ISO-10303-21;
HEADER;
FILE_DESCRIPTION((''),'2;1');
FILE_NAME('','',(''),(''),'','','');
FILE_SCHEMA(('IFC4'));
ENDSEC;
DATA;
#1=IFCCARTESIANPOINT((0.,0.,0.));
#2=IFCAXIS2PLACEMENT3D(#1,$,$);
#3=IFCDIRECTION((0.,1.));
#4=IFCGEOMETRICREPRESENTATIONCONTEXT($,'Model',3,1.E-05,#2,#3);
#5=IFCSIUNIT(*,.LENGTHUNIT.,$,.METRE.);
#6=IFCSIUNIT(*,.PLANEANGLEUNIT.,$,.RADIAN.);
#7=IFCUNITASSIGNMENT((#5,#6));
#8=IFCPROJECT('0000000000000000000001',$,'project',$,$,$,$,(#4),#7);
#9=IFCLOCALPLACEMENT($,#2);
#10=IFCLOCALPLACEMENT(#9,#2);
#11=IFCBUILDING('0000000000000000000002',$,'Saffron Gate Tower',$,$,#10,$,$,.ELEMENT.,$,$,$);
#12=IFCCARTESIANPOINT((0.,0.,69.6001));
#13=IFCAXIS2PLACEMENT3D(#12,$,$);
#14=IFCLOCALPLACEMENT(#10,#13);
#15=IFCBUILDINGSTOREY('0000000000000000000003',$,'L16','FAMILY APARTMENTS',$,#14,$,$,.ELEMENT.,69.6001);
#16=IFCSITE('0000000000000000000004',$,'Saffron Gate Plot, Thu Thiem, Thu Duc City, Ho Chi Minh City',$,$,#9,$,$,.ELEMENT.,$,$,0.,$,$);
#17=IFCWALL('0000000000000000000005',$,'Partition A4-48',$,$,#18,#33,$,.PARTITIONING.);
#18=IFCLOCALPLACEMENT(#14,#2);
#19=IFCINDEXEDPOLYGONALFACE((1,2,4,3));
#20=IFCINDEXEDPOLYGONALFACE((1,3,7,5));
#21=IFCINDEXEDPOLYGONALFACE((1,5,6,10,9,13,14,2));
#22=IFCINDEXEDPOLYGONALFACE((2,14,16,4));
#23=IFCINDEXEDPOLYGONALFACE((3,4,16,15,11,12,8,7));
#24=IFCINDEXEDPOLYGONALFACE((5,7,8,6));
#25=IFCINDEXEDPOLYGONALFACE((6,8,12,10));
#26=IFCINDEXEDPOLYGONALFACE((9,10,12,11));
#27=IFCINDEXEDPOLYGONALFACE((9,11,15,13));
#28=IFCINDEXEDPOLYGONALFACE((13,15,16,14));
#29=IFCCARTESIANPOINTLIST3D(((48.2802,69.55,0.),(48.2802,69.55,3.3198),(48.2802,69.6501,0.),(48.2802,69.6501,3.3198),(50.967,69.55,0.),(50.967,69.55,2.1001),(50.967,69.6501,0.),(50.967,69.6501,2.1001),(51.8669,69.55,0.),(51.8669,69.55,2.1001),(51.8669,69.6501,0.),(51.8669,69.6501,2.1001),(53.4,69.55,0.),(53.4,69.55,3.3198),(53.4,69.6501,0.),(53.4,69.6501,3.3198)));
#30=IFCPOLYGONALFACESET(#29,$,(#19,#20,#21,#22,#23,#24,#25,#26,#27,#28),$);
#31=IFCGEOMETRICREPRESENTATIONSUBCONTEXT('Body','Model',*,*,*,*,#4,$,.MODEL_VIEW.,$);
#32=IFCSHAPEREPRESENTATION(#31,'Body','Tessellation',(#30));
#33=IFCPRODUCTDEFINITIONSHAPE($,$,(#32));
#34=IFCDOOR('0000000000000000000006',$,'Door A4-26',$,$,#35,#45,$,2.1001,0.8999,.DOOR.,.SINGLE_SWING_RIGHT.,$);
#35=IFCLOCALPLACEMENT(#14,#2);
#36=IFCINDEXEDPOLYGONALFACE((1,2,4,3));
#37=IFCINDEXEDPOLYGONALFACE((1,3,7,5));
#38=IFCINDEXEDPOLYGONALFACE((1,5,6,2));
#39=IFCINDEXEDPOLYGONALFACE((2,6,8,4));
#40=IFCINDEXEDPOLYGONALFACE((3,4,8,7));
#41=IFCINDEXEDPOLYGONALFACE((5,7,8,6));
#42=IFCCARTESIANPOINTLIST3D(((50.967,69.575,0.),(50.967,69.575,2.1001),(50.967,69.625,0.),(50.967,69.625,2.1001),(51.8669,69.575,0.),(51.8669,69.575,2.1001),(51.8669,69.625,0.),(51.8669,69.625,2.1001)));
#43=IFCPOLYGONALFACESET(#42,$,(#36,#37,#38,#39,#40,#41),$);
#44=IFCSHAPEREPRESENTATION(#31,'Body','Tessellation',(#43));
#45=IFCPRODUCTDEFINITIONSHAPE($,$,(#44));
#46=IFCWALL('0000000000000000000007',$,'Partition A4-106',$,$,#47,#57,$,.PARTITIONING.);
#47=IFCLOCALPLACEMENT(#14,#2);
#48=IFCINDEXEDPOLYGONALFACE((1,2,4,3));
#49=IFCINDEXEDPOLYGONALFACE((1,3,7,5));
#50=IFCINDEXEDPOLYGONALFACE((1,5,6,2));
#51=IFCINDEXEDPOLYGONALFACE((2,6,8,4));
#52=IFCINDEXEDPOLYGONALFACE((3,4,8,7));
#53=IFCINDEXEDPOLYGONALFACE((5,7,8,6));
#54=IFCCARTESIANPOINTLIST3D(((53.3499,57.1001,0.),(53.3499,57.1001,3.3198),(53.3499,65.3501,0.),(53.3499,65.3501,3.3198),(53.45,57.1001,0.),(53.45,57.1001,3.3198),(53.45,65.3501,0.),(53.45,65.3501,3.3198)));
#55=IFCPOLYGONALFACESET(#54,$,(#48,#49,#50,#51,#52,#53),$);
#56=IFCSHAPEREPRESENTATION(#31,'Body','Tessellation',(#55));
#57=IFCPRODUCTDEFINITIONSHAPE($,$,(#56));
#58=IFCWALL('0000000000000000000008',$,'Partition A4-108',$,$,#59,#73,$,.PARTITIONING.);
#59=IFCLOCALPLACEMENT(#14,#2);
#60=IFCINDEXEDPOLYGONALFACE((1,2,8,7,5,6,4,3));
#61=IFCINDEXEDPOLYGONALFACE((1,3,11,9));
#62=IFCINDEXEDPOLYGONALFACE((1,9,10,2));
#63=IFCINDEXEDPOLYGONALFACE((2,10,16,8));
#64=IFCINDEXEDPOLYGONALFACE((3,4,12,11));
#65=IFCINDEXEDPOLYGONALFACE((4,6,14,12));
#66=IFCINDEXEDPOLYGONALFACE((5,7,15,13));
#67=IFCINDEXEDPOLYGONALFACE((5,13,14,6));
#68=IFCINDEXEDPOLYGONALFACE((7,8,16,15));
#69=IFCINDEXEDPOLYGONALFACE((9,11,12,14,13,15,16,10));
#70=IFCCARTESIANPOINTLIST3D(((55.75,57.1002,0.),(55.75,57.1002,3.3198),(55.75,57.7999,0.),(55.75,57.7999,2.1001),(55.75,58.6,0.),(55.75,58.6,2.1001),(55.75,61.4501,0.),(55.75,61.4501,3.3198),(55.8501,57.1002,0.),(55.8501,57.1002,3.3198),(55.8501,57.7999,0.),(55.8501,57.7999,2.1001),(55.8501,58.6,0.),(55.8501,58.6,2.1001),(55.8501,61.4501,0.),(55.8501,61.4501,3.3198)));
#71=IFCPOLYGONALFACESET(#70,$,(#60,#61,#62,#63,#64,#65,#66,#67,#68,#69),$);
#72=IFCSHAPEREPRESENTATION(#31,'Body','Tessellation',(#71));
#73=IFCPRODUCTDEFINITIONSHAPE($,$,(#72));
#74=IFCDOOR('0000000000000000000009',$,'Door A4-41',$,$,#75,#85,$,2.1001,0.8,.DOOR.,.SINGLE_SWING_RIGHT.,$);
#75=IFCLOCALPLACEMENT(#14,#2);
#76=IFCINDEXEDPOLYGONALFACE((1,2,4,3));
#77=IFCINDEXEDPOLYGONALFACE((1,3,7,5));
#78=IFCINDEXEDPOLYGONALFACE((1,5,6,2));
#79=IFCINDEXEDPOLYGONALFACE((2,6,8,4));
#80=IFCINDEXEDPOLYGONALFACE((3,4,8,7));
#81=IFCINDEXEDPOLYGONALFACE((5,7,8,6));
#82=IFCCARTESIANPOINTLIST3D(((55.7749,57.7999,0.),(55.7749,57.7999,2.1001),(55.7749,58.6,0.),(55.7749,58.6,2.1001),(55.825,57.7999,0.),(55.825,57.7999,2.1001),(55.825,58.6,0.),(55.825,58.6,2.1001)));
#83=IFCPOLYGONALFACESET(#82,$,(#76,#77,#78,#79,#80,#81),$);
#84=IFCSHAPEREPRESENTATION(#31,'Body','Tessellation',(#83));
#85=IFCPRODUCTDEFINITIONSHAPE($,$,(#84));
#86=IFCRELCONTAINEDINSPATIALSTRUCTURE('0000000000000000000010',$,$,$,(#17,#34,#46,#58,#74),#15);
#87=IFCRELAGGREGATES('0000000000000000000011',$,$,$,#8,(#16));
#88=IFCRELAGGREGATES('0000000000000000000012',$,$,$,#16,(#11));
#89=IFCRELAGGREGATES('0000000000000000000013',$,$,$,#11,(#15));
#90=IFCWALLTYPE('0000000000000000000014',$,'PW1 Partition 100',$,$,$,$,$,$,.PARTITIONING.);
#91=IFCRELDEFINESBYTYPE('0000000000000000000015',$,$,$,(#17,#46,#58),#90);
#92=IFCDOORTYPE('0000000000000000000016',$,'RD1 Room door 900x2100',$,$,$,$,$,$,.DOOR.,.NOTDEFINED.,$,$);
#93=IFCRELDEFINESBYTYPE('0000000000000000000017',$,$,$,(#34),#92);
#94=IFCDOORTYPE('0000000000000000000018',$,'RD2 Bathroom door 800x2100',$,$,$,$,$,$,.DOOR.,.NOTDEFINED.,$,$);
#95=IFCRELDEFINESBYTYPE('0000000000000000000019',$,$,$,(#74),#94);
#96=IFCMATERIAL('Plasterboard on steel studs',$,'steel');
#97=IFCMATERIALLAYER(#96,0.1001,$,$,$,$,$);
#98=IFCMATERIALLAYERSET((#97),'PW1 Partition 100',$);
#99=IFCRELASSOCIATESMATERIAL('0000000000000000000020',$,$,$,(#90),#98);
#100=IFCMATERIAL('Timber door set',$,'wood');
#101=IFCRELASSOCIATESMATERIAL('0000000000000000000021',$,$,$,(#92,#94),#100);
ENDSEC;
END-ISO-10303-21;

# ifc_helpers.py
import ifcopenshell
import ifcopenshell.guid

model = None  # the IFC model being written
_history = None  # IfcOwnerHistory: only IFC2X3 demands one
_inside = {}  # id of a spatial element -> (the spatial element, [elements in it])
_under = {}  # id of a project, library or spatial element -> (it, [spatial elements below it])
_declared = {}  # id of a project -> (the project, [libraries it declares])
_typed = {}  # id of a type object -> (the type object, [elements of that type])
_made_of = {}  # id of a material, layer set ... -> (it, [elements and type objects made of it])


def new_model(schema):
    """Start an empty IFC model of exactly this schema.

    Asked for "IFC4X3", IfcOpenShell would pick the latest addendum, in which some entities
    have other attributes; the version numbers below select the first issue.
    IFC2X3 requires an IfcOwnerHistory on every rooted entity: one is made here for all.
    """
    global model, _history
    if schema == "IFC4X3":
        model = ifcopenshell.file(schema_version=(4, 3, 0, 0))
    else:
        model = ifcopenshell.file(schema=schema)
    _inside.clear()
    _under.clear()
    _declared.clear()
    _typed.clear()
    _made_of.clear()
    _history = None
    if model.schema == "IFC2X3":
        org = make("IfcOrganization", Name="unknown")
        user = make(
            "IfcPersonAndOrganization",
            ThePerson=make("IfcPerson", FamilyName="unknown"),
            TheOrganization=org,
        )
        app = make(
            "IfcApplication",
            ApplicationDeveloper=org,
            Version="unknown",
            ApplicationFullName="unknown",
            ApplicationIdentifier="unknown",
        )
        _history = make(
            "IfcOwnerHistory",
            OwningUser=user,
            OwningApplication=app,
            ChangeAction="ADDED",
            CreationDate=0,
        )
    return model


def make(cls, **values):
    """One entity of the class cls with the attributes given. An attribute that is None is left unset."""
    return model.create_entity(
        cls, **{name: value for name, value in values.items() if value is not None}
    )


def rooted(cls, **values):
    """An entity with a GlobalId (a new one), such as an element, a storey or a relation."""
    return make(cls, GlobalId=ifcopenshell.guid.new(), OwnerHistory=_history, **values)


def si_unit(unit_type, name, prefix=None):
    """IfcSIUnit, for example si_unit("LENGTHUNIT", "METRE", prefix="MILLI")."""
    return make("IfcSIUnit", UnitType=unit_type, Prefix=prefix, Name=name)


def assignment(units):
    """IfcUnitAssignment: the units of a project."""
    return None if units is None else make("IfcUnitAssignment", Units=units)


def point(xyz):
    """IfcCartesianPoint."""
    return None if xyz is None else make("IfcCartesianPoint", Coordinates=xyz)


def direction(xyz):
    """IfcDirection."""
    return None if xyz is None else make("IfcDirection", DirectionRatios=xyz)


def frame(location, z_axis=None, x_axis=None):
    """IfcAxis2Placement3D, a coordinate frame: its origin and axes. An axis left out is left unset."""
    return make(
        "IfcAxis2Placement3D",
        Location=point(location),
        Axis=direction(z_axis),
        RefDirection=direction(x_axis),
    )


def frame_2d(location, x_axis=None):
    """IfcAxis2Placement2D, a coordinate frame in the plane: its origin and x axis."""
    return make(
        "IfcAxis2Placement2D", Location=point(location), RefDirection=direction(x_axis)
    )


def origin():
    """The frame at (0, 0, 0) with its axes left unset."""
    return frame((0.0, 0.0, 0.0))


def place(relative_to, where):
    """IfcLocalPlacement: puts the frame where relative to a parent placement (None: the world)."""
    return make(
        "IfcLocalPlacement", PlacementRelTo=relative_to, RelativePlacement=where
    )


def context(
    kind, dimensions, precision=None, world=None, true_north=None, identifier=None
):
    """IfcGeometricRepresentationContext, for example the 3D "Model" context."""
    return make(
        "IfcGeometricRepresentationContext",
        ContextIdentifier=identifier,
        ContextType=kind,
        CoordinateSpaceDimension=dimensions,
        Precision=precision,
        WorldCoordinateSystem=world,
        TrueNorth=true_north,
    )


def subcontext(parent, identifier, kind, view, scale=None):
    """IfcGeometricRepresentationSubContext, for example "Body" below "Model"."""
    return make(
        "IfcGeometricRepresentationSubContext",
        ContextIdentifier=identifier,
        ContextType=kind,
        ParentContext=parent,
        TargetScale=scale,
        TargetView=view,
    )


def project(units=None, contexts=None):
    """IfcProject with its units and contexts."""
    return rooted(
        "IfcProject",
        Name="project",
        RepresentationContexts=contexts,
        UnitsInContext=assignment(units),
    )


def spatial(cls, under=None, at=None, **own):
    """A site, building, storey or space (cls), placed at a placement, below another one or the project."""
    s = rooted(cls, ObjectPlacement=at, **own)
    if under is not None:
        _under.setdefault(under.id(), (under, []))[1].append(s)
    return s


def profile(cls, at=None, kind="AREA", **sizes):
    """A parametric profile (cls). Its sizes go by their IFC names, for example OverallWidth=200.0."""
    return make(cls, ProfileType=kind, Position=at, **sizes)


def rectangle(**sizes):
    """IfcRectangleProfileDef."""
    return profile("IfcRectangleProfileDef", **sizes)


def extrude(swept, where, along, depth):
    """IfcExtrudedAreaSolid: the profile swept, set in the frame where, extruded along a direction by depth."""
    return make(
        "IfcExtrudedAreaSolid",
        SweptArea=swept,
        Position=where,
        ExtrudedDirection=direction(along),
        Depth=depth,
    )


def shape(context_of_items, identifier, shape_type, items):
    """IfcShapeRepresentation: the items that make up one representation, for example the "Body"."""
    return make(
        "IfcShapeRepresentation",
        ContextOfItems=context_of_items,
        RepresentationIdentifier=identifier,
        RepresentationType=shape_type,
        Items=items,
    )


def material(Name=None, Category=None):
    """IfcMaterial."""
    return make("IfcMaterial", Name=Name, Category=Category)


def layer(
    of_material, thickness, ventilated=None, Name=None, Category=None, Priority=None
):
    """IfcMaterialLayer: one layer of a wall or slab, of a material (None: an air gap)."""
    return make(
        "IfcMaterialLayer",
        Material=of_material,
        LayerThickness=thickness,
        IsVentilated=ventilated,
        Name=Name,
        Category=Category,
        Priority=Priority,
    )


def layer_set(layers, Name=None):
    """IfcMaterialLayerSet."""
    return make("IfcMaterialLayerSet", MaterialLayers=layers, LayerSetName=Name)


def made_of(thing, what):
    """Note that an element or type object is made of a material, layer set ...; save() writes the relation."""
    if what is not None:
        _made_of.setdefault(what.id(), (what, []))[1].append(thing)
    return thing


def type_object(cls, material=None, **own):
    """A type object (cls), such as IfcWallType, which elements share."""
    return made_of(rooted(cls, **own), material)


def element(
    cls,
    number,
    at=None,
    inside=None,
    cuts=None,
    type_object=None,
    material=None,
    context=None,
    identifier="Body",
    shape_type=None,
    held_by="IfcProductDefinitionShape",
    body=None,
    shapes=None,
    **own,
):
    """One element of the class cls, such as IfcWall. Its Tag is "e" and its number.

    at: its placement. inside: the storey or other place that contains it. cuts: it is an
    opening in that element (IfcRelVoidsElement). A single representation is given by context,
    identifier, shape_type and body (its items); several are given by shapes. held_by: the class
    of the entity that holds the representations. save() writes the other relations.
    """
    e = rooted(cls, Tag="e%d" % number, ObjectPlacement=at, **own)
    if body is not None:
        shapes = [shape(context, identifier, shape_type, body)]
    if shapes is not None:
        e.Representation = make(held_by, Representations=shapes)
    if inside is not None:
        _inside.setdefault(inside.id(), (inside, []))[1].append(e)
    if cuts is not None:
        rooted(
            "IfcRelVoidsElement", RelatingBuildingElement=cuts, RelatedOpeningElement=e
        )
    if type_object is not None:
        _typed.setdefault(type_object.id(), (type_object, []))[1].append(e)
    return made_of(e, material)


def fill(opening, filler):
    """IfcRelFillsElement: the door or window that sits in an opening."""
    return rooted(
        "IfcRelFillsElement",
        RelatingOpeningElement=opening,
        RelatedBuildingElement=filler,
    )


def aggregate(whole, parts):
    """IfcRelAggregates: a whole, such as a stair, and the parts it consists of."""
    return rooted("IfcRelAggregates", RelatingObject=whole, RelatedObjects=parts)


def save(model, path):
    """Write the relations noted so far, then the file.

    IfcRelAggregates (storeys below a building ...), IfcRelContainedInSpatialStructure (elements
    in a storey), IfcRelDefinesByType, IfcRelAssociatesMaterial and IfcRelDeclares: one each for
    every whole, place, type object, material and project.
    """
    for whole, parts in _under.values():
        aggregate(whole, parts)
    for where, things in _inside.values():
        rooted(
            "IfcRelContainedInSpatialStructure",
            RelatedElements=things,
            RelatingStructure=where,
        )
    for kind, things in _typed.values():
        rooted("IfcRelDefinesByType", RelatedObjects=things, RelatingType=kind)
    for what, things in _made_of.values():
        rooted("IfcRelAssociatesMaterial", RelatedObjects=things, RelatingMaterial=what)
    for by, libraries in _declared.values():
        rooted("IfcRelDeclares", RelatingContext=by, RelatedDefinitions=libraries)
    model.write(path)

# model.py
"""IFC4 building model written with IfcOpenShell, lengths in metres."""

from ifc_helpers import new_model, si_unit, direction, frame, frame_2d, origin, place, context, subcontext, project, spatial, rectangle, extrude, material, layer, layer_set, type_object, element, fill, save


model = new_model("IFC4")

# Units and contexts
model_context = context("Model", 3, precision=1e-05, world=origin(), true_north=direction((0.0, 1.0)))
body_context = subcontext(model_context, "Body", "Model", "MODEL_VIEW")
ifc_project = project(units=[si_unit("LENGTHUNIT", "METRE"), si_unit("PLANEANGLEUNIT", "RADIAN")], contexts=[model_context])

# Site, building, storey
site_placement = place(None, origin())
site = spatial("IfcSite", under=ifc_project, at=site_placement, Name="Saffron Gate Plot, Thu Thiem, Thu Duc City, Ho Chi Minh City", CompositionType="ELEMENT", RefElevation=0.0)
building_placement = place(site_placement, origin())
building = spatial("IfcBuilding", under=site, at=building_placement, Name="Saffron Gate Tower", CompositionType="ELEMENT")
storey_placement = place(building_placement, frame((0.0, 0.0, 69.6001)))
storey = spatial("IfcBuildingStorey", under=building, at=storey_placement, Name="L16", Description="FAMILY APARTMENTS", CompositionType="ELEMENT", Elevation=69.6001)

# Shared definitions
ifc_material_1 = material(Name="Plasterboard on steel studs", Category="steel")
ifc_layer = layer(ifc_material_1, 0.1001)
ifc_layer_set = layer_set([ifc_layer], Name="PW1 Partition 100")
wall_type = type_object("IfcWallType", Name="PW1 Partition 100", PredefinedType="PARTITIONING", material=ifc_layer_set)

# Shared definitions
ifc_material_2 = material(Name="Timber door set", Category="wood")
door_type_1 = type_object("IfcDoorType", Name="RD1 Room door 900x2100", OperationType="NOTDEFINED", PredefinedType="DOOR", material=ifc_material_2)

# Wall, opening, door
wall_1_placement = place(storey_placement, frame((48.28, 69.6001, 0.0), z_axis=(0.0, 0.0, 1.0), x_axis=(1.0, 0.0, 0.0)))
wall_1 = element("IfcWall", 1, at=wall_1_placement, inside=storey, type_object=wall_type, Name="Partition A4-48", PredefinedType="PARTITIONING", context=body_context, shape_type="SweptSolid", body=[
    extrude(rectangle(XDim=5.1199, YDim=0.1001, at=frame_2d((2.5601, 0.0))), origin(), (0.0, 0.0, 1.0), 3.3198),
])
opening_1_placement = place(wall_1_placement, frame((2.687, 0.0, 0.0)))
opening_1 = element("IfcOpeningElement", 2, at=opening_1_placement, cuts=wall_1, PredefinedType="OPENING", context=body_context, shape_type="SweptSolid", body=[
    extrude(rectangle(XDim=0.8999, YDim=2.1001, at=frame_2d((0.45, 1.05))), frame((0.0, 0.0601, 0.0), z_axis=(0.0, -1.0, 0.0), x_axis=(1.0, 0.0, 0.0)), (0.0, 0.0, 1.0), 0.1201),
])
door_1_placement = place(opening_1_placement, origin())
door_1 = element("IfcDoor", 3, at=door_1_placement, inside=storey, type_object=door_type_1, Name="Door A4-26", OperationType="SINGLE_SWING_RIGHT", OverallHeight=2.1001, OverallWidth=0.8999, PredefinedType="DOOR", context=body_context, shape_type="SweptSolid", body=[
    extrude(rectangle(XDim=0.8999, YDim=2.1001, at=frame_2d((0.45, 1.05))), frame((0.0, 0.0249, 0.0), z_axis=(0.0, -1.0, 0.0), x_axis=(1.0, 0.0, 0.0)), (0.0, 0.0, 1.0), 0.05),
])
fill(opening_1, door_1)

# Wall
wall_2_placement = place(storey_placement, frame((53.3999, 65.3501, 0.0), z_axis=(0.0, 0.0, 1.0), x_axis=(0.0, -1.0, 0.0)))
element("IfcWall", 4, at=wall_2_placement, inside=storey, type_object=wall_type, Name="Partition A4-106", PredefinedType="PARTITIONING", context=body_context, shape_type="SweptSolid", body=[
    extrude(rectangle(XDim=8.25, YDim=0.1001, at=frame_2d((4.125, 0.0))), origin(), (0.0, 0.0, 1.0), 3.3198),
])

# Wall, opening, door
wall_3_placement = place(storey_placement, frame((55.8, 61.45, 0.0), z_axis=(0.0, 0.0, 1.0), x_axis=(0.0, -1.0, 0.0)))
wall_3 = element("IfcWall", 5, at=wall_3_placement, inside=storey, type_object=wall_type, Name="Partition A4-108", PredefinedType="PARTITIONING", context=body_context, shape_type="SweptSolid", body=[
    extrude(rectangle(XDim=4.3499, YDim=0.1001, at=frame_2d((2.1748, 0.0))), origin(), (0.0, 0.0, 1.0), 3.3198),
])
opening_2_placement = place(wall_3_placement, frame((2.8501, 0.0, 0.0)))
opening_2 = element("IfcOpeningElement", 6, at=opening_2_placement, cuts=wall_3, PredefinedType="OPENING", context=body_context, shape_type="SweptSolid", body=[
    extrude(rectangle(XDim=0.8, YDim=2.1001, at=frame_2d((0.3999, 1.05))), frame((0.0, 0.0601, 0.0), z_axis=(0.0, -1.0, 0.0), x_axis=(1.0, 0.0, 0.0)), (0.0, 0.0, 1.0), 0.1201),
])
door_type_2 = type_object("IfcDoorType", Name="RD2 Bathroom door 800x2100", OperationType="NOTDEFINED", PredefinedType="DOOR", material=ifc_material_2)
door_2_placement = place(opening_2_placement, origin())
door_2 = element("IfcDoor", 7, at=door_2_placement, inside=storey, type_object=door_type_2, Name="Door A4-41", OperationType="SINGLE_SWING_RIGHT", OverallHeight=2.1001, OverallWidth=0.8, PredefinedType="DOOR", context=body_context, shape_type="SweptSolid", body=[
    extrude(rectangle(XDim=0.8, YDim=2.1001, at=frame_2d((0.3999, 1.05))), frame((0.0, 0.0249, 0.0), z_axis=(0.0, -1.0, 0.0), x_axis=(1.0, 0.0, 0.0)), (0.0, 0.0, 1.0), 0.05),
])
fill(opening_2, door_2)

save(model, "model.ifc")
